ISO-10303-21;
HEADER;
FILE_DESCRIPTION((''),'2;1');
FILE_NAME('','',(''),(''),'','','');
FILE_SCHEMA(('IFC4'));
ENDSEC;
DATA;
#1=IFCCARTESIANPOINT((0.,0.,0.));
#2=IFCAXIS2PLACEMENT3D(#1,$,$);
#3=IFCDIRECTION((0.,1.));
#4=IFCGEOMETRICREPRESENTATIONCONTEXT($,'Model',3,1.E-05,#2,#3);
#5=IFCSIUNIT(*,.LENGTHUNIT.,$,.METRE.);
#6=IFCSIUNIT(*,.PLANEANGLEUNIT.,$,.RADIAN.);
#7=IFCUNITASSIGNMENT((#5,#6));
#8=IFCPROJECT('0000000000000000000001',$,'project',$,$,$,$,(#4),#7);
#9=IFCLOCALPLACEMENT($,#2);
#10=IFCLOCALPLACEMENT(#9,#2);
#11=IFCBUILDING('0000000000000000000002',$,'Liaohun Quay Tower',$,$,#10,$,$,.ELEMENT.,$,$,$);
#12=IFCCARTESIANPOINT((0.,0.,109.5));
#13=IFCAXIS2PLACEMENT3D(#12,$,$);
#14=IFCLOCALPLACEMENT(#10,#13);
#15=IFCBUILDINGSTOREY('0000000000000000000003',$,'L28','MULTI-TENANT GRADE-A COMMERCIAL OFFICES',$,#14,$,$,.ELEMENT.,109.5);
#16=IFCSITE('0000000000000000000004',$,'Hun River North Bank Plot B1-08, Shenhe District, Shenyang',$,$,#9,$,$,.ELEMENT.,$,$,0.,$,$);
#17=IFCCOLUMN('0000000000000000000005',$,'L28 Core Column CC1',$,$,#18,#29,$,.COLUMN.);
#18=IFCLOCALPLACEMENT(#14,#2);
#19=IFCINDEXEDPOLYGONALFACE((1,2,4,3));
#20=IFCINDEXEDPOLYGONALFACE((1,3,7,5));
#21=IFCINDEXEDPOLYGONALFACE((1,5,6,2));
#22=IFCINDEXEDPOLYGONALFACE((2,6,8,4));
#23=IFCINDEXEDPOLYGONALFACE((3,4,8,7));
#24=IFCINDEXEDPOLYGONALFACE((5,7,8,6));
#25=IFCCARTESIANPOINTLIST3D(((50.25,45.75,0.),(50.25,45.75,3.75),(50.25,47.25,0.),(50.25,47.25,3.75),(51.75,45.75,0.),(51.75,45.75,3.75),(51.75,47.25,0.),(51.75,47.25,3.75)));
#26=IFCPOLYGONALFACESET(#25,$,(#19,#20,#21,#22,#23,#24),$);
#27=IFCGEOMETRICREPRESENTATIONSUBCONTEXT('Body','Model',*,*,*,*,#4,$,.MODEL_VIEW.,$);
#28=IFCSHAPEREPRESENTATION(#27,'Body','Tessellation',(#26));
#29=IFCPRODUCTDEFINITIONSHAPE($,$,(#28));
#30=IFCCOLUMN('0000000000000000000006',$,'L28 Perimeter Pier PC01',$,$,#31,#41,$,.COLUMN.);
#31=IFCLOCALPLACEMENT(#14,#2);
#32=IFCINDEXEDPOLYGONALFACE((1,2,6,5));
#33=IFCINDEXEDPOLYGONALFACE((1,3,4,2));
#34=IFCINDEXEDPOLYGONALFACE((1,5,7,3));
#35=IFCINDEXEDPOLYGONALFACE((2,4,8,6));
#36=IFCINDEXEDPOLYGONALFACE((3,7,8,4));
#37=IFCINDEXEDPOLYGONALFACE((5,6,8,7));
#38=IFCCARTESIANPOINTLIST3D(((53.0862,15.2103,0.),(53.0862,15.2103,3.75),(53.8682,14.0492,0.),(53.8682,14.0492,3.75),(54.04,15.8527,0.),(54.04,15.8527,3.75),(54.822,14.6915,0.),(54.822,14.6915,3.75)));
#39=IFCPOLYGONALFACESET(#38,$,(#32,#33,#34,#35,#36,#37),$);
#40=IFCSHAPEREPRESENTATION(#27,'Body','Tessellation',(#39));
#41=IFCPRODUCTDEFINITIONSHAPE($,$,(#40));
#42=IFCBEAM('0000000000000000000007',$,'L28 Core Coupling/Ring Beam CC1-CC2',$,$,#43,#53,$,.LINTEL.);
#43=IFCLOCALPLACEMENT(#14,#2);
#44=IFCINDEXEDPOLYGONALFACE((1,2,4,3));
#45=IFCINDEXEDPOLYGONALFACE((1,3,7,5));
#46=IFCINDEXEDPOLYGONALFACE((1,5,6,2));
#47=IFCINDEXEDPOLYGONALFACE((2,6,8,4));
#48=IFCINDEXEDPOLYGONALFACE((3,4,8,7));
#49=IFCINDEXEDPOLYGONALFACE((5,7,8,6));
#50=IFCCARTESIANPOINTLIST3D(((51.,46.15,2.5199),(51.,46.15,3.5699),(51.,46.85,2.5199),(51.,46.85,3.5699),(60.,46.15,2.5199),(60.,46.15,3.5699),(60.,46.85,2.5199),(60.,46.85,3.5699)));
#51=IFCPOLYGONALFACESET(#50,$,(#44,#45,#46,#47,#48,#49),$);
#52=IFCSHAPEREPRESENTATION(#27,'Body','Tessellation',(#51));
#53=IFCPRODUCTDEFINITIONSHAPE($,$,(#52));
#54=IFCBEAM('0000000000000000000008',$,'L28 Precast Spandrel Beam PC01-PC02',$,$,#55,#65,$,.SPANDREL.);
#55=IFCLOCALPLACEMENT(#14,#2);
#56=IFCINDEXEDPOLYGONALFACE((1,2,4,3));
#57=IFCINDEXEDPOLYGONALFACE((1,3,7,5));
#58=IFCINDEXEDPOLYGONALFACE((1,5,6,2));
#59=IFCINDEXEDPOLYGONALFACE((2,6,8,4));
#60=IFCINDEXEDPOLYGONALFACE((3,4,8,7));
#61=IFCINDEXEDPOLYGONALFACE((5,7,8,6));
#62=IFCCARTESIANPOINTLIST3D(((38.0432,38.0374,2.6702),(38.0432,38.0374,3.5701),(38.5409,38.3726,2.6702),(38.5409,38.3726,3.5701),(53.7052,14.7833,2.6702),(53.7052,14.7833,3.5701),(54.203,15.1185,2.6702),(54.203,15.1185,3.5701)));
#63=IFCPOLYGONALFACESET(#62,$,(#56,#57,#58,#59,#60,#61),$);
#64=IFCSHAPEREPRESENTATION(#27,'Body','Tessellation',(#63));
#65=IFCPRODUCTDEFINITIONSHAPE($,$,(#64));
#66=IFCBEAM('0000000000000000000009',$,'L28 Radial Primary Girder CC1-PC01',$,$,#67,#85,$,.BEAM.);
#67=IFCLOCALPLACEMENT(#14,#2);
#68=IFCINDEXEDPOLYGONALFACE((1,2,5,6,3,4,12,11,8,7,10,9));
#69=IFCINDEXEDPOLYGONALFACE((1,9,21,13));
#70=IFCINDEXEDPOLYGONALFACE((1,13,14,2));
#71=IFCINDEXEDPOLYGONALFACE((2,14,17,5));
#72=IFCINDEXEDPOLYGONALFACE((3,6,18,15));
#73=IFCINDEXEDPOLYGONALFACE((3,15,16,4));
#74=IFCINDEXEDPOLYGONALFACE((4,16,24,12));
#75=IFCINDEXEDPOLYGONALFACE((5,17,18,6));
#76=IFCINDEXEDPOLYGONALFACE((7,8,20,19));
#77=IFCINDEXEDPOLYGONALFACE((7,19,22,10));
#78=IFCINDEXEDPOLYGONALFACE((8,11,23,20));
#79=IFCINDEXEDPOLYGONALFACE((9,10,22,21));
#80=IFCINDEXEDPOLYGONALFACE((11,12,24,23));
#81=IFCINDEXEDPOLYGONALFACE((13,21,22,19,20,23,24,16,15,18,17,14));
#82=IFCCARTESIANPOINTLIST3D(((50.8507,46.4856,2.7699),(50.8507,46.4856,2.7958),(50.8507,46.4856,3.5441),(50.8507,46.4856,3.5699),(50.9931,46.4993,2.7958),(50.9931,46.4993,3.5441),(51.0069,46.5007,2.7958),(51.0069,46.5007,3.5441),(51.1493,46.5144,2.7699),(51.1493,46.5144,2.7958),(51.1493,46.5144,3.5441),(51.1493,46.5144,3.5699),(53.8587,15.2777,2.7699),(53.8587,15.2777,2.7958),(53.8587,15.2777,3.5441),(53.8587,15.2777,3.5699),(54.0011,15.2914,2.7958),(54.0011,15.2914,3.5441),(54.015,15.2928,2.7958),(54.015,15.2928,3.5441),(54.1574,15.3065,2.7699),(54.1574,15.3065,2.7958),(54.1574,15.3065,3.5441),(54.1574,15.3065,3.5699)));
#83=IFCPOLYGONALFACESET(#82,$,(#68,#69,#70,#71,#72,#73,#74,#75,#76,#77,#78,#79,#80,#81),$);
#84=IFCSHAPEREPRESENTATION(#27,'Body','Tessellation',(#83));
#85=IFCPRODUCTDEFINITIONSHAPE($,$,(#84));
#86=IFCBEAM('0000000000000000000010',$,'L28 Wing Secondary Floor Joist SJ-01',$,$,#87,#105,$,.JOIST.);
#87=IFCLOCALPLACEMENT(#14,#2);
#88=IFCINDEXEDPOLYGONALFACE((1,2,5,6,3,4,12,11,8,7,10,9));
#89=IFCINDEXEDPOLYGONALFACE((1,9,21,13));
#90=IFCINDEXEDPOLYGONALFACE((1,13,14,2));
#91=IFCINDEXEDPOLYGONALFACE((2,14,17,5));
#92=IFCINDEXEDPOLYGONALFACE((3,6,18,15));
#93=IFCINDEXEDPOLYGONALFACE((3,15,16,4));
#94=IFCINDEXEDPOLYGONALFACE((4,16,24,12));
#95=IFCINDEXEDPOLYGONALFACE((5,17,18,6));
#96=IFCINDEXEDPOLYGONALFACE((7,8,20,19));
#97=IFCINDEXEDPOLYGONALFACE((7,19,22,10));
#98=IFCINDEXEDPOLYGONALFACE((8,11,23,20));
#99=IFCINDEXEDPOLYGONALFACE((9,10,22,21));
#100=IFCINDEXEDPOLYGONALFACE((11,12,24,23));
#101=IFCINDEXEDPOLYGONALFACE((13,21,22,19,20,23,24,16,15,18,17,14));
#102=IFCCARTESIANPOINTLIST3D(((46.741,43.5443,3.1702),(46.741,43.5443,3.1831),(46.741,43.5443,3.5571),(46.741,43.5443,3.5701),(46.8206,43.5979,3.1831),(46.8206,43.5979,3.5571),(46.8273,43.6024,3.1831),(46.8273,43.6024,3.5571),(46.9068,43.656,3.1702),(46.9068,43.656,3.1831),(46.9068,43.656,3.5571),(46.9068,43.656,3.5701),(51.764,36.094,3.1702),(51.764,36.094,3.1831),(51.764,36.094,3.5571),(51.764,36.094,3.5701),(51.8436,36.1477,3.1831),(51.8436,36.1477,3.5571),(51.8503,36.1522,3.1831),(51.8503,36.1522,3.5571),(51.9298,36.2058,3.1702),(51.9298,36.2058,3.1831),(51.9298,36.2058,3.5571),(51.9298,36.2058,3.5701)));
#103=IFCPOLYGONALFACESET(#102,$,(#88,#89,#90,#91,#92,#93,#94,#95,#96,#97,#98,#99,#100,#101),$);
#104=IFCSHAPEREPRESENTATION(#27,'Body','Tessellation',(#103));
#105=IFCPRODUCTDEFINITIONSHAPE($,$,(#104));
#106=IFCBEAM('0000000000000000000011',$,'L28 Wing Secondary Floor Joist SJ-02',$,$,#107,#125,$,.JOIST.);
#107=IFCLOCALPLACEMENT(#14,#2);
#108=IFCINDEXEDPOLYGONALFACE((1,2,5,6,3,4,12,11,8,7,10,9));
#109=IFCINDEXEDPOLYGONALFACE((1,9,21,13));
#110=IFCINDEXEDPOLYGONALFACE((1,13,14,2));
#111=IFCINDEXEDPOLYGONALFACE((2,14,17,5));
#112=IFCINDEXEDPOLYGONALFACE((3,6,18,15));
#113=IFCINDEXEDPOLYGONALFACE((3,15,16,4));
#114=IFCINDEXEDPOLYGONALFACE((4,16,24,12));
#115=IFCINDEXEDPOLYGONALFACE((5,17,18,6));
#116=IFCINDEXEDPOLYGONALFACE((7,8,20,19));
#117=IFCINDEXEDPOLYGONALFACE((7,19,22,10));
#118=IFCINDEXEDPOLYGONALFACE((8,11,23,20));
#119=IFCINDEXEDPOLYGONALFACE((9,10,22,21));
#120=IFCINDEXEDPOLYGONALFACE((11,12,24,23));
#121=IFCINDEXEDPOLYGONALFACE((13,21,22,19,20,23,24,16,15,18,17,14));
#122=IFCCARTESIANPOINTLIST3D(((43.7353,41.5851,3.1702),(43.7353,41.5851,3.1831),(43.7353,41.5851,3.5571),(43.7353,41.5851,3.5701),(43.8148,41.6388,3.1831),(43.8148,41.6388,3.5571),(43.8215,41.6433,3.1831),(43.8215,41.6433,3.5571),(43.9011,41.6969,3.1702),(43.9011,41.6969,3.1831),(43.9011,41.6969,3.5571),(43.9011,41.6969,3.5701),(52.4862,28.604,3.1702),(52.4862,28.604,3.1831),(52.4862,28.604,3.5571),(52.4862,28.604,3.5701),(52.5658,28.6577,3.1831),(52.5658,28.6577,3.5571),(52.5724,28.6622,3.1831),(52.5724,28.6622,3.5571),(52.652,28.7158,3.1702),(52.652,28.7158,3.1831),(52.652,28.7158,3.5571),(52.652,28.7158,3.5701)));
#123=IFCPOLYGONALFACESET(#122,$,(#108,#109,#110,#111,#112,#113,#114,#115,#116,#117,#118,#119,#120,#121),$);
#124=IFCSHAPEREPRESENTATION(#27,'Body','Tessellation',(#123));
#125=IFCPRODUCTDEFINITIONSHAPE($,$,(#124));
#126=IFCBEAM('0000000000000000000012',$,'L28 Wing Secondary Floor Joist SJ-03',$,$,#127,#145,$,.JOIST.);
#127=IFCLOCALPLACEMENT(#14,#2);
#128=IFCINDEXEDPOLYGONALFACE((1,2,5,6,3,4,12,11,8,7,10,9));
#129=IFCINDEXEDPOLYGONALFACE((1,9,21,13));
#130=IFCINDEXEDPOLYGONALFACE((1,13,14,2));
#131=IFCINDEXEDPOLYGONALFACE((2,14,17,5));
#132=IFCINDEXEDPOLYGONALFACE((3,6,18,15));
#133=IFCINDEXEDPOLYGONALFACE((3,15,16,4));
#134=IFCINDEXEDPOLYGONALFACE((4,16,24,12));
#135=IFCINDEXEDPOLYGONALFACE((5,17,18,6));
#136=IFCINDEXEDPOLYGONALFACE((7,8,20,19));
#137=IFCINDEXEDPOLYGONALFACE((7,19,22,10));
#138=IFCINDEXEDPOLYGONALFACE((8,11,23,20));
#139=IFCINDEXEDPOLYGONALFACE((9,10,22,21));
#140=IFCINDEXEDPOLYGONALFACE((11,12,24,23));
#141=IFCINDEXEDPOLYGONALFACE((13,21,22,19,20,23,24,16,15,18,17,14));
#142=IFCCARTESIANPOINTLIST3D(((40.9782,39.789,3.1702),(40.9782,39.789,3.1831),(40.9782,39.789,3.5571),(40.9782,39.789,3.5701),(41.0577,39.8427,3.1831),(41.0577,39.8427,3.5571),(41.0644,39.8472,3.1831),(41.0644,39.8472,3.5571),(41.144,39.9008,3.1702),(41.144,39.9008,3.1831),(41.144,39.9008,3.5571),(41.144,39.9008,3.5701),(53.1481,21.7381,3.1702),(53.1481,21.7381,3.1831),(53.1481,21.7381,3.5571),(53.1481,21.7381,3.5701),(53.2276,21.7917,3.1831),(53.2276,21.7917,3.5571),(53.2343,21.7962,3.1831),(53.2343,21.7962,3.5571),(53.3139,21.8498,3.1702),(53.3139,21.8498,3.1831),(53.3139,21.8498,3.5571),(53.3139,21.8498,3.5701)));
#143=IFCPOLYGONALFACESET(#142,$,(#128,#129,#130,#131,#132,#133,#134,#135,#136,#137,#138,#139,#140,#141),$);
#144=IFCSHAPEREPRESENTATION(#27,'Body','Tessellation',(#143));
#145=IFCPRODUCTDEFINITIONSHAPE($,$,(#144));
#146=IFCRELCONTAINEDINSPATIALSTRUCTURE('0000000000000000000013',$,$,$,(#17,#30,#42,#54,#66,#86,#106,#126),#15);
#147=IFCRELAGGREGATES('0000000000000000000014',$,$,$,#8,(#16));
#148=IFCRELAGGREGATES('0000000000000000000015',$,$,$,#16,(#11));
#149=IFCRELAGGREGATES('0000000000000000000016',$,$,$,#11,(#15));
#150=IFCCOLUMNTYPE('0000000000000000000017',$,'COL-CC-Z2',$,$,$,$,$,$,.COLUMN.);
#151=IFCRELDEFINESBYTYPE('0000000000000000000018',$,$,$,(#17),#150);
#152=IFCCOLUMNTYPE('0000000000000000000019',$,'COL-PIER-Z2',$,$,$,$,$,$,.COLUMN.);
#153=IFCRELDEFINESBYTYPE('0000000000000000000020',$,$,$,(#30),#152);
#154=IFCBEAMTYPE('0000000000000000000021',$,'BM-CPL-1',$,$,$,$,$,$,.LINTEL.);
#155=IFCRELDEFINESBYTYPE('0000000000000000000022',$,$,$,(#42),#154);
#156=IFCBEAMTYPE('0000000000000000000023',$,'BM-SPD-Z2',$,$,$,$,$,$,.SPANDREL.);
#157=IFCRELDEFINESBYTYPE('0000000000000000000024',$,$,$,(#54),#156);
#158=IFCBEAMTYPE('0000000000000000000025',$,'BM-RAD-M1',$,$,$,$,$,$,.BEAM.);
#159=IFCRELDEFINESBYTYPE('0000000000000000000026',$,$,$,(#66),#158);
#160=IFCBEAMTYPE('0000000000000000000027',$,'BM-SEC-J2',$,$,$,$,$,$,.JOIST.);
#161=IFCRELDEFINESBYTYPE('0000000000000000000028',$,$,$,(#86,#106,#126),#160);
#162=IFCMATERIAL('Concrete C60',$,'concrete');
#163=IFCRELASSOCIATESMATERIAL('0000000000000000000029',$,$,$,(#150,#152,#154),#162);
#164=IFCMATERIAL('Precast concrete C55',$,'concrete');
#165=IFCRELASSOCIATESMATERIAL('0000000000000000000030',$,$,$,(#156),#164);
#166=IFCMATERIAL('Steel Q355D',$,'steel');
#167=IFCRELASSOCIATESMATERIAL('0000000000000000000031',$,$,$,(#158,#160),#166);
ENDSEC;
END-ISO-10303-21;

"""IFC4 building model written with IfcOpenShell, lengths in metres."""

from ifc_helpers import new_model, si_unit, direction, frame, origin, origin_2d, place, context, subcontext, project, spatial, rectangle, i_section, extrude, source, transform, mapped, material, material_profile, profile_set, type_object, element, save


model = new_model("IFC4")

# Units and contexts
model_context = context("Model", 3, precision=1e-05, world=origin(), true_north=direction((0.0, 1.0)))
body_context = subcontext(model_context, "Body", "Model", "MODEL_VIEW")
ifc_project = project(units=[si_unit("LENGTHUNIT", "METRE"), si_unit("PLANEANGLEUNIT", "RADIAN")], contexts=[model_context])

# Site, building, storey
site_placement = place(None, origin())
site = spatial("IfcSite", under=ifc_project, at=site_placement, Name="Hun River North Bank Plot B1-08, Shenhe District, Shenyang", CompositionType="ELEMENT", RefElevation=0.0)
building_placement = place(site_placement, origin())
building = spatial("IfcBuilding", under=site, at=building_placement, Name="Liaohun Quay Tower", CompositionType="ELEMENT")
storey_placement = place(building_placement, frame((0.0, 0.0, 109.5)))
storey = spatial("IfcBuildingStorey", under=building, at=storey_placement, Name="L28", Description="MULTI-TENANT GRADE-A COMMERCIAL OFFICES", CompositionType="ELEMENT", Elevation=109.5)

# Columns
ifc_material_1 = material(Name="Concrete C60", Category="concrete")
ifc_material_profile_1 = material_profile(ifc_material_1, rectangle(XDim=1.5, YDim=1.5, at=origin_2d()), Name="RC1500x1500")
ifc_profile_set_1 = profile_set([ifc_material_profile_1], Name="Concrete C60")
column_type_1 = type_object("IfcColumnType", Name="COL-CC-Z2", PredefinedType="COLUMN", material=ifc_profile_set_1)
shared_shape_1 = source(origin(), body_context, "Body", "SweptSolid", [
    extrude(rectangle(XDim=1.5, YDim=1.5, at=origin_2d()), origin(), (0.0, 0.0, 1.0), 3.75),
])
column_1_placement = place(storey_placement, frame((51.0, 46.5, 0.0), z_axis=(0.0, 0.0, 1.0), x_axis=(1.0, 0.0, 0.0)))
element("IfcColumn", 1, at=column_1_placement, inside=storey, type_object=column_type_1, Name="L28 Core Column CC1", PredefinedType="COLUMN", context=body_context, shape_type="MappedRepresentation", body=[
    mapped(shared_shape_1, transform((0.0, 0.0, 0.0), x_axis=(1.0, 0.0, 0.0), y_axis=(0.0, 1.0, 0.0), z_axis=(0.0, 0.0, 1.0), scale=1.0)),
])
ifc_material_profile_2 = material_profile(ifc_material_1, rectangle(XDim=1.3999, YDim=1.1499, at=origin_2d()), Name="RC1400x1150")
ifc_profile_set_2 = profile_set([ifc_material_profile_2], Name="Concrete C60")
column_type_2 = type_object("IfcColumnType", Name="COL-PIER-Z2", PredefinedType="COLUMN", material=ifc_profile_set_2)
shared_shape_2 = source(origin(), body_context, "Body", "SweptSolid", [
    extrude(rectangle(XDim=1.3999, YDim=1.1499, at=origin_2d()), origin(), (0.0, 0.0, 1.0), 3.75),
])
column_2_placement = place(storey_placement, frame((53.9541, 14.9509, 0.0), z_axis=(0.0, 0.0, 1.0), x_axis=(-0.558614, 0.829428, 0.0)))
element("IfcColumn", 2, at=column_2_placement, inside=storey, type_object=column_type_2, Name="L28 Perimeter Pier PC01", PredefinedType="COLUMN", context=body_context, shape_type="MappedRepresentation", body=[
    mapped(shared_shape_2, transform((0.0, 0.0, 0.0), x_axis=(1.0, 0.0, 0.0), y_axis=(0.0, 1.0, 0.0), z_axis=(0.0, 0.0, 1.0), scale=1.0)),
])

# Beams
ifc_material_profile_3 = material_profile(ifc_material_1, rectangle(XDim=0.7, YDim=1.05, at=origin_2d()), Name="RC700x1050")
ifc_profile_set_3 = profile_set([ifc_material_profile_3], Name="Concrete C60")
beam_type_1 = type_object("IfcBeamType", Name="BM-CPL-1", PredefinedType="LINTEL", material=ifc_profile_set_3)
shared_shape_3 = source(origin(), body_context, "Body", "SweptSolid", [
    extrude(rectangle(XDim=0.7, YDim=1.05, at=origin_2d()), origin(), (0.0, 0.0, 1.0), 9.0),
])
beam_1_placement = place(storey_placement, frame((51.0, 46.5, 3.0449), z_axis=(1.0, 0.0, 0.0), x_axis=(0.0, 1.0, 0.0)))
element("IfcBeam", 3, at=beam_1_placement, inside=storey, type_object=beam_type_1, Name="L28 Core Coupling/Ring Beam CC1-CC2", PredefinedType="LINTEL", context=body_context, shape_type="MappedRepresentation", body=[
    mapped(shared_shape_3, transform((0.0, 0.0, 0.0), x_axis=(1.0, 0.0, 0.0), y_axis=(0.0, 1.0, 0.0), z_axis=(0.0, 0.0, 1.0), scale=1.0)),
])
ifc_material_2 = material(Name="Precast concrete C55", Category="concrete")
ifc_material_profile_4 = material_profile(ifc_material_2, rectangle(XDim=0.6001, YDim=0.8999, at=origin_2d()), Name="RC600x900")
ifc_profile_set_4 = profile_set([ifc_material_profile_4], Name="Precast concrete C55")
beam_type_2 = type_object("IfcBeamType", Name="BM-SPD-Z2", PredefinedType="SPANDREL", material=ifc_profile_set_4)
shared_shape_4 = source(origin(), body_context, "Body", "SweptSolid", [
    extrude(rectangle(XDim=0.6001, YDim=0.8999, at=origin_2d()), origin(), (0.0, 0.0, 1.0), 28.0366),
])
beam_2_placement = place(storey_placement, frame((53.9541, 14.9509, 3.1201), z_axis=(-0.558629, 0.829418, 0.0), x_axis=(-0.829418, -0.558629, 0.0)))
element("IfcBeam", 4, at=beam_2_placement, inside=storey, type_object=beam_type_2, Name="L28 Precast Spandrel Beam PC01-PC02", PredefinedType="SPANDREL", context=body_context, shape_type="MappedRepresentation", body=[
    mapped(shared_shape_4, transform((0.0, 0.0, 0.0), x_axis=(1.0, 0.0, 0.0), y_axis=(0.0, 1.0, 0.0), z_axis=(0.0, 0.0, 1.0), scale=1.0)),
])
ifc_material_3 = material(Name="Steel Q355D", Category="steel")
ifc_material_profile_5 = material_profile(ifc_material_3, i_section(OverallWidth=0.3, OverallDepth=0.8, WebThickness=0.0139, FlangeThickness=0.0259, at=origin_2d()), Name="HN800x300x14x26")
ifc_profile_set_5 = profile_set([ifc_material_profile_5], Name="Steel Q355D")
beam_type_3 = type_object("IfcBeamType", Name="BM-RAD-M1", PredefinedType="BEAM", material=ifc_profile_set_5)
shared_shape_5 = source(origin(), body_context, "Body", "SweptSolid", [
    extrude(i_section(OverallWidth=0.3, OverallDepth=0.8, WebThickness=0.0139, FlangeThickness=0.0259, at=origin_2d()), origin(), (0.0, 0.0, 1.0), 31.3525),
])
beam_3_placement = place(storey_placement, frame((51.0, 46.5, 3.1699), z_axis=(0.095943, -0.995387, 0.0), x_axis=(0.995387, 0.095943, 0.0)))
element("IfcBeam", 5, at=beam_3_placement, inside=storey, type_object=beam_type_3, Name="L28 Radial Primary Girder CC1-PC01", PredefinedType="BEAM", context=body_context, shape_type="MappedRepresentation", body=[
    mapped(shared_shape_5, transform((0.0, 0.0, 0.0), x_axis=(1.0, 0.0, 0.0), y_axis=(0.0, 1.0, 0.0), z_axis=(0.0, 0.0, 1.0), scale=1.0)),
])
ifc_material_profile_6 = material_profile(ifc_material_3, i_section(OverallWidth=0.2, OverallDepth=0.3999, WebThickness=0.0081, FlangeThickness=0.0129, at=origin_2d()), Name="HN400x200x8x13")
ifc_profile_set_6 = profile_set([ifc_material_profile_6], Name="Steel Q355D")
beam_type_4 = type_object("IfcBeamType", Name="BM-SEC-J2", PredefinedType="JOIST", material=ifc_profile_set_6)
shared_shape_6 = source(origin(), body_context, "Body", "SweptSolid", [
    extrude(i_section(OverallWidth=0.2, OverallDepth=0.3999, WebThickness=0.0081, FlangeThickness=0.0129, at=origin_2d()), origin(), (0.0, 0.0, 1.0), 8.9854),
])
beam_4_placement = place(storey_placement, frame((51.8469, 36.1499, 3.3701), z_axis=(-0.559019, 0.829155, 0.0), x_axis=(-0.829155, -0.559019, 0.0)))
element("IfcBeam", 6, at=beam_4_placement, inside=storey, type_object=beam_type_4, Name="L28 Wing Secondary Floor Joist SJ-01", PredefinedType="JOIST", context=body_context, shape_type="MappedRepresentation", body=[
    mapped(shared_shape_6, transform((0.0, 0.0, 0.0), x_axis=(1.0, 0.0, 0.0), y_axis=(0.0, 1.0, 0.0), z_axis=(0.0, 0.0, 1.0), scale=1.0)),
])
shared_shape_7 = source(origin(), body_context, "Body", "SweptSolid", [
    extrude(i_section(OverallWidth=0.2, OverallDepth=0.3999, WebThickness=0.0081, FlangeThickness=0.0129, at=origin_2d()), origin(), (0.0, 0.0, 1.0), 15.6553),
])
beam_5_placement = place(storey_placement, frame((52.5691, 28.6599, 3.3701), z_axis=(-0.558975, 0.829184, 0.0), x_axis=(-0.829184, -0.558975, 0.0)))
element("IfcBeam", 7, at=beam_5_placement, inside=storey, type_object=beam_type_4, Name="L28 Wing Secondary Floor Joist SJ-02", PredefinedType="JOIST", context=body_context, shape_type="MappedRepresentation", body=[
    mapped(shared_shape_7, transform((0.0, 0.0, 0.0), x_axis=(1.0, 0.0, 0.0), y_axis=(0.0, 1.0, 0.0), z_axis=(0.0, 0.0, 1.0), scale=1.0)),
])
shared_shape_8 = source(origin(), body_context, "Body", "SweptSolid", [
    extrude(i_section(OverallWidth=0.2, OverallDepth=0.3999, WebThickness=0.0081, FlangeThickness=0.0129, at=origin_2d()), origin(), (0.0, 0.0, 1.0), 21.7703),
])
beam_6_placement = place(storey_placement, frame((53.231, 21.7939, 3.3701), z_axis=(-0.559015, 0.829158, 0.0), x_axis=(-0.829158, -0.559015, 0.0)))
element("IfcBeam", 8, at=beam_6_placement, inside=storey, type_object=beam_type_4, Name="L28 Wing Secondary Floor Joist SJ-03", PredefinedType="JOIST", context=body_context, shape_type="MappedRepresentation", body=[
    mapped(shared_shape_8, transform((0.0, 0.0, 0.0), x_axis=(1.0, 0.0, 0.0), y_axis=(0.0, 1.0, 0.0), z_axis=(0.0, 0.0, 1.0), scale=1.0)),
])

save(model, "model.ifc")
